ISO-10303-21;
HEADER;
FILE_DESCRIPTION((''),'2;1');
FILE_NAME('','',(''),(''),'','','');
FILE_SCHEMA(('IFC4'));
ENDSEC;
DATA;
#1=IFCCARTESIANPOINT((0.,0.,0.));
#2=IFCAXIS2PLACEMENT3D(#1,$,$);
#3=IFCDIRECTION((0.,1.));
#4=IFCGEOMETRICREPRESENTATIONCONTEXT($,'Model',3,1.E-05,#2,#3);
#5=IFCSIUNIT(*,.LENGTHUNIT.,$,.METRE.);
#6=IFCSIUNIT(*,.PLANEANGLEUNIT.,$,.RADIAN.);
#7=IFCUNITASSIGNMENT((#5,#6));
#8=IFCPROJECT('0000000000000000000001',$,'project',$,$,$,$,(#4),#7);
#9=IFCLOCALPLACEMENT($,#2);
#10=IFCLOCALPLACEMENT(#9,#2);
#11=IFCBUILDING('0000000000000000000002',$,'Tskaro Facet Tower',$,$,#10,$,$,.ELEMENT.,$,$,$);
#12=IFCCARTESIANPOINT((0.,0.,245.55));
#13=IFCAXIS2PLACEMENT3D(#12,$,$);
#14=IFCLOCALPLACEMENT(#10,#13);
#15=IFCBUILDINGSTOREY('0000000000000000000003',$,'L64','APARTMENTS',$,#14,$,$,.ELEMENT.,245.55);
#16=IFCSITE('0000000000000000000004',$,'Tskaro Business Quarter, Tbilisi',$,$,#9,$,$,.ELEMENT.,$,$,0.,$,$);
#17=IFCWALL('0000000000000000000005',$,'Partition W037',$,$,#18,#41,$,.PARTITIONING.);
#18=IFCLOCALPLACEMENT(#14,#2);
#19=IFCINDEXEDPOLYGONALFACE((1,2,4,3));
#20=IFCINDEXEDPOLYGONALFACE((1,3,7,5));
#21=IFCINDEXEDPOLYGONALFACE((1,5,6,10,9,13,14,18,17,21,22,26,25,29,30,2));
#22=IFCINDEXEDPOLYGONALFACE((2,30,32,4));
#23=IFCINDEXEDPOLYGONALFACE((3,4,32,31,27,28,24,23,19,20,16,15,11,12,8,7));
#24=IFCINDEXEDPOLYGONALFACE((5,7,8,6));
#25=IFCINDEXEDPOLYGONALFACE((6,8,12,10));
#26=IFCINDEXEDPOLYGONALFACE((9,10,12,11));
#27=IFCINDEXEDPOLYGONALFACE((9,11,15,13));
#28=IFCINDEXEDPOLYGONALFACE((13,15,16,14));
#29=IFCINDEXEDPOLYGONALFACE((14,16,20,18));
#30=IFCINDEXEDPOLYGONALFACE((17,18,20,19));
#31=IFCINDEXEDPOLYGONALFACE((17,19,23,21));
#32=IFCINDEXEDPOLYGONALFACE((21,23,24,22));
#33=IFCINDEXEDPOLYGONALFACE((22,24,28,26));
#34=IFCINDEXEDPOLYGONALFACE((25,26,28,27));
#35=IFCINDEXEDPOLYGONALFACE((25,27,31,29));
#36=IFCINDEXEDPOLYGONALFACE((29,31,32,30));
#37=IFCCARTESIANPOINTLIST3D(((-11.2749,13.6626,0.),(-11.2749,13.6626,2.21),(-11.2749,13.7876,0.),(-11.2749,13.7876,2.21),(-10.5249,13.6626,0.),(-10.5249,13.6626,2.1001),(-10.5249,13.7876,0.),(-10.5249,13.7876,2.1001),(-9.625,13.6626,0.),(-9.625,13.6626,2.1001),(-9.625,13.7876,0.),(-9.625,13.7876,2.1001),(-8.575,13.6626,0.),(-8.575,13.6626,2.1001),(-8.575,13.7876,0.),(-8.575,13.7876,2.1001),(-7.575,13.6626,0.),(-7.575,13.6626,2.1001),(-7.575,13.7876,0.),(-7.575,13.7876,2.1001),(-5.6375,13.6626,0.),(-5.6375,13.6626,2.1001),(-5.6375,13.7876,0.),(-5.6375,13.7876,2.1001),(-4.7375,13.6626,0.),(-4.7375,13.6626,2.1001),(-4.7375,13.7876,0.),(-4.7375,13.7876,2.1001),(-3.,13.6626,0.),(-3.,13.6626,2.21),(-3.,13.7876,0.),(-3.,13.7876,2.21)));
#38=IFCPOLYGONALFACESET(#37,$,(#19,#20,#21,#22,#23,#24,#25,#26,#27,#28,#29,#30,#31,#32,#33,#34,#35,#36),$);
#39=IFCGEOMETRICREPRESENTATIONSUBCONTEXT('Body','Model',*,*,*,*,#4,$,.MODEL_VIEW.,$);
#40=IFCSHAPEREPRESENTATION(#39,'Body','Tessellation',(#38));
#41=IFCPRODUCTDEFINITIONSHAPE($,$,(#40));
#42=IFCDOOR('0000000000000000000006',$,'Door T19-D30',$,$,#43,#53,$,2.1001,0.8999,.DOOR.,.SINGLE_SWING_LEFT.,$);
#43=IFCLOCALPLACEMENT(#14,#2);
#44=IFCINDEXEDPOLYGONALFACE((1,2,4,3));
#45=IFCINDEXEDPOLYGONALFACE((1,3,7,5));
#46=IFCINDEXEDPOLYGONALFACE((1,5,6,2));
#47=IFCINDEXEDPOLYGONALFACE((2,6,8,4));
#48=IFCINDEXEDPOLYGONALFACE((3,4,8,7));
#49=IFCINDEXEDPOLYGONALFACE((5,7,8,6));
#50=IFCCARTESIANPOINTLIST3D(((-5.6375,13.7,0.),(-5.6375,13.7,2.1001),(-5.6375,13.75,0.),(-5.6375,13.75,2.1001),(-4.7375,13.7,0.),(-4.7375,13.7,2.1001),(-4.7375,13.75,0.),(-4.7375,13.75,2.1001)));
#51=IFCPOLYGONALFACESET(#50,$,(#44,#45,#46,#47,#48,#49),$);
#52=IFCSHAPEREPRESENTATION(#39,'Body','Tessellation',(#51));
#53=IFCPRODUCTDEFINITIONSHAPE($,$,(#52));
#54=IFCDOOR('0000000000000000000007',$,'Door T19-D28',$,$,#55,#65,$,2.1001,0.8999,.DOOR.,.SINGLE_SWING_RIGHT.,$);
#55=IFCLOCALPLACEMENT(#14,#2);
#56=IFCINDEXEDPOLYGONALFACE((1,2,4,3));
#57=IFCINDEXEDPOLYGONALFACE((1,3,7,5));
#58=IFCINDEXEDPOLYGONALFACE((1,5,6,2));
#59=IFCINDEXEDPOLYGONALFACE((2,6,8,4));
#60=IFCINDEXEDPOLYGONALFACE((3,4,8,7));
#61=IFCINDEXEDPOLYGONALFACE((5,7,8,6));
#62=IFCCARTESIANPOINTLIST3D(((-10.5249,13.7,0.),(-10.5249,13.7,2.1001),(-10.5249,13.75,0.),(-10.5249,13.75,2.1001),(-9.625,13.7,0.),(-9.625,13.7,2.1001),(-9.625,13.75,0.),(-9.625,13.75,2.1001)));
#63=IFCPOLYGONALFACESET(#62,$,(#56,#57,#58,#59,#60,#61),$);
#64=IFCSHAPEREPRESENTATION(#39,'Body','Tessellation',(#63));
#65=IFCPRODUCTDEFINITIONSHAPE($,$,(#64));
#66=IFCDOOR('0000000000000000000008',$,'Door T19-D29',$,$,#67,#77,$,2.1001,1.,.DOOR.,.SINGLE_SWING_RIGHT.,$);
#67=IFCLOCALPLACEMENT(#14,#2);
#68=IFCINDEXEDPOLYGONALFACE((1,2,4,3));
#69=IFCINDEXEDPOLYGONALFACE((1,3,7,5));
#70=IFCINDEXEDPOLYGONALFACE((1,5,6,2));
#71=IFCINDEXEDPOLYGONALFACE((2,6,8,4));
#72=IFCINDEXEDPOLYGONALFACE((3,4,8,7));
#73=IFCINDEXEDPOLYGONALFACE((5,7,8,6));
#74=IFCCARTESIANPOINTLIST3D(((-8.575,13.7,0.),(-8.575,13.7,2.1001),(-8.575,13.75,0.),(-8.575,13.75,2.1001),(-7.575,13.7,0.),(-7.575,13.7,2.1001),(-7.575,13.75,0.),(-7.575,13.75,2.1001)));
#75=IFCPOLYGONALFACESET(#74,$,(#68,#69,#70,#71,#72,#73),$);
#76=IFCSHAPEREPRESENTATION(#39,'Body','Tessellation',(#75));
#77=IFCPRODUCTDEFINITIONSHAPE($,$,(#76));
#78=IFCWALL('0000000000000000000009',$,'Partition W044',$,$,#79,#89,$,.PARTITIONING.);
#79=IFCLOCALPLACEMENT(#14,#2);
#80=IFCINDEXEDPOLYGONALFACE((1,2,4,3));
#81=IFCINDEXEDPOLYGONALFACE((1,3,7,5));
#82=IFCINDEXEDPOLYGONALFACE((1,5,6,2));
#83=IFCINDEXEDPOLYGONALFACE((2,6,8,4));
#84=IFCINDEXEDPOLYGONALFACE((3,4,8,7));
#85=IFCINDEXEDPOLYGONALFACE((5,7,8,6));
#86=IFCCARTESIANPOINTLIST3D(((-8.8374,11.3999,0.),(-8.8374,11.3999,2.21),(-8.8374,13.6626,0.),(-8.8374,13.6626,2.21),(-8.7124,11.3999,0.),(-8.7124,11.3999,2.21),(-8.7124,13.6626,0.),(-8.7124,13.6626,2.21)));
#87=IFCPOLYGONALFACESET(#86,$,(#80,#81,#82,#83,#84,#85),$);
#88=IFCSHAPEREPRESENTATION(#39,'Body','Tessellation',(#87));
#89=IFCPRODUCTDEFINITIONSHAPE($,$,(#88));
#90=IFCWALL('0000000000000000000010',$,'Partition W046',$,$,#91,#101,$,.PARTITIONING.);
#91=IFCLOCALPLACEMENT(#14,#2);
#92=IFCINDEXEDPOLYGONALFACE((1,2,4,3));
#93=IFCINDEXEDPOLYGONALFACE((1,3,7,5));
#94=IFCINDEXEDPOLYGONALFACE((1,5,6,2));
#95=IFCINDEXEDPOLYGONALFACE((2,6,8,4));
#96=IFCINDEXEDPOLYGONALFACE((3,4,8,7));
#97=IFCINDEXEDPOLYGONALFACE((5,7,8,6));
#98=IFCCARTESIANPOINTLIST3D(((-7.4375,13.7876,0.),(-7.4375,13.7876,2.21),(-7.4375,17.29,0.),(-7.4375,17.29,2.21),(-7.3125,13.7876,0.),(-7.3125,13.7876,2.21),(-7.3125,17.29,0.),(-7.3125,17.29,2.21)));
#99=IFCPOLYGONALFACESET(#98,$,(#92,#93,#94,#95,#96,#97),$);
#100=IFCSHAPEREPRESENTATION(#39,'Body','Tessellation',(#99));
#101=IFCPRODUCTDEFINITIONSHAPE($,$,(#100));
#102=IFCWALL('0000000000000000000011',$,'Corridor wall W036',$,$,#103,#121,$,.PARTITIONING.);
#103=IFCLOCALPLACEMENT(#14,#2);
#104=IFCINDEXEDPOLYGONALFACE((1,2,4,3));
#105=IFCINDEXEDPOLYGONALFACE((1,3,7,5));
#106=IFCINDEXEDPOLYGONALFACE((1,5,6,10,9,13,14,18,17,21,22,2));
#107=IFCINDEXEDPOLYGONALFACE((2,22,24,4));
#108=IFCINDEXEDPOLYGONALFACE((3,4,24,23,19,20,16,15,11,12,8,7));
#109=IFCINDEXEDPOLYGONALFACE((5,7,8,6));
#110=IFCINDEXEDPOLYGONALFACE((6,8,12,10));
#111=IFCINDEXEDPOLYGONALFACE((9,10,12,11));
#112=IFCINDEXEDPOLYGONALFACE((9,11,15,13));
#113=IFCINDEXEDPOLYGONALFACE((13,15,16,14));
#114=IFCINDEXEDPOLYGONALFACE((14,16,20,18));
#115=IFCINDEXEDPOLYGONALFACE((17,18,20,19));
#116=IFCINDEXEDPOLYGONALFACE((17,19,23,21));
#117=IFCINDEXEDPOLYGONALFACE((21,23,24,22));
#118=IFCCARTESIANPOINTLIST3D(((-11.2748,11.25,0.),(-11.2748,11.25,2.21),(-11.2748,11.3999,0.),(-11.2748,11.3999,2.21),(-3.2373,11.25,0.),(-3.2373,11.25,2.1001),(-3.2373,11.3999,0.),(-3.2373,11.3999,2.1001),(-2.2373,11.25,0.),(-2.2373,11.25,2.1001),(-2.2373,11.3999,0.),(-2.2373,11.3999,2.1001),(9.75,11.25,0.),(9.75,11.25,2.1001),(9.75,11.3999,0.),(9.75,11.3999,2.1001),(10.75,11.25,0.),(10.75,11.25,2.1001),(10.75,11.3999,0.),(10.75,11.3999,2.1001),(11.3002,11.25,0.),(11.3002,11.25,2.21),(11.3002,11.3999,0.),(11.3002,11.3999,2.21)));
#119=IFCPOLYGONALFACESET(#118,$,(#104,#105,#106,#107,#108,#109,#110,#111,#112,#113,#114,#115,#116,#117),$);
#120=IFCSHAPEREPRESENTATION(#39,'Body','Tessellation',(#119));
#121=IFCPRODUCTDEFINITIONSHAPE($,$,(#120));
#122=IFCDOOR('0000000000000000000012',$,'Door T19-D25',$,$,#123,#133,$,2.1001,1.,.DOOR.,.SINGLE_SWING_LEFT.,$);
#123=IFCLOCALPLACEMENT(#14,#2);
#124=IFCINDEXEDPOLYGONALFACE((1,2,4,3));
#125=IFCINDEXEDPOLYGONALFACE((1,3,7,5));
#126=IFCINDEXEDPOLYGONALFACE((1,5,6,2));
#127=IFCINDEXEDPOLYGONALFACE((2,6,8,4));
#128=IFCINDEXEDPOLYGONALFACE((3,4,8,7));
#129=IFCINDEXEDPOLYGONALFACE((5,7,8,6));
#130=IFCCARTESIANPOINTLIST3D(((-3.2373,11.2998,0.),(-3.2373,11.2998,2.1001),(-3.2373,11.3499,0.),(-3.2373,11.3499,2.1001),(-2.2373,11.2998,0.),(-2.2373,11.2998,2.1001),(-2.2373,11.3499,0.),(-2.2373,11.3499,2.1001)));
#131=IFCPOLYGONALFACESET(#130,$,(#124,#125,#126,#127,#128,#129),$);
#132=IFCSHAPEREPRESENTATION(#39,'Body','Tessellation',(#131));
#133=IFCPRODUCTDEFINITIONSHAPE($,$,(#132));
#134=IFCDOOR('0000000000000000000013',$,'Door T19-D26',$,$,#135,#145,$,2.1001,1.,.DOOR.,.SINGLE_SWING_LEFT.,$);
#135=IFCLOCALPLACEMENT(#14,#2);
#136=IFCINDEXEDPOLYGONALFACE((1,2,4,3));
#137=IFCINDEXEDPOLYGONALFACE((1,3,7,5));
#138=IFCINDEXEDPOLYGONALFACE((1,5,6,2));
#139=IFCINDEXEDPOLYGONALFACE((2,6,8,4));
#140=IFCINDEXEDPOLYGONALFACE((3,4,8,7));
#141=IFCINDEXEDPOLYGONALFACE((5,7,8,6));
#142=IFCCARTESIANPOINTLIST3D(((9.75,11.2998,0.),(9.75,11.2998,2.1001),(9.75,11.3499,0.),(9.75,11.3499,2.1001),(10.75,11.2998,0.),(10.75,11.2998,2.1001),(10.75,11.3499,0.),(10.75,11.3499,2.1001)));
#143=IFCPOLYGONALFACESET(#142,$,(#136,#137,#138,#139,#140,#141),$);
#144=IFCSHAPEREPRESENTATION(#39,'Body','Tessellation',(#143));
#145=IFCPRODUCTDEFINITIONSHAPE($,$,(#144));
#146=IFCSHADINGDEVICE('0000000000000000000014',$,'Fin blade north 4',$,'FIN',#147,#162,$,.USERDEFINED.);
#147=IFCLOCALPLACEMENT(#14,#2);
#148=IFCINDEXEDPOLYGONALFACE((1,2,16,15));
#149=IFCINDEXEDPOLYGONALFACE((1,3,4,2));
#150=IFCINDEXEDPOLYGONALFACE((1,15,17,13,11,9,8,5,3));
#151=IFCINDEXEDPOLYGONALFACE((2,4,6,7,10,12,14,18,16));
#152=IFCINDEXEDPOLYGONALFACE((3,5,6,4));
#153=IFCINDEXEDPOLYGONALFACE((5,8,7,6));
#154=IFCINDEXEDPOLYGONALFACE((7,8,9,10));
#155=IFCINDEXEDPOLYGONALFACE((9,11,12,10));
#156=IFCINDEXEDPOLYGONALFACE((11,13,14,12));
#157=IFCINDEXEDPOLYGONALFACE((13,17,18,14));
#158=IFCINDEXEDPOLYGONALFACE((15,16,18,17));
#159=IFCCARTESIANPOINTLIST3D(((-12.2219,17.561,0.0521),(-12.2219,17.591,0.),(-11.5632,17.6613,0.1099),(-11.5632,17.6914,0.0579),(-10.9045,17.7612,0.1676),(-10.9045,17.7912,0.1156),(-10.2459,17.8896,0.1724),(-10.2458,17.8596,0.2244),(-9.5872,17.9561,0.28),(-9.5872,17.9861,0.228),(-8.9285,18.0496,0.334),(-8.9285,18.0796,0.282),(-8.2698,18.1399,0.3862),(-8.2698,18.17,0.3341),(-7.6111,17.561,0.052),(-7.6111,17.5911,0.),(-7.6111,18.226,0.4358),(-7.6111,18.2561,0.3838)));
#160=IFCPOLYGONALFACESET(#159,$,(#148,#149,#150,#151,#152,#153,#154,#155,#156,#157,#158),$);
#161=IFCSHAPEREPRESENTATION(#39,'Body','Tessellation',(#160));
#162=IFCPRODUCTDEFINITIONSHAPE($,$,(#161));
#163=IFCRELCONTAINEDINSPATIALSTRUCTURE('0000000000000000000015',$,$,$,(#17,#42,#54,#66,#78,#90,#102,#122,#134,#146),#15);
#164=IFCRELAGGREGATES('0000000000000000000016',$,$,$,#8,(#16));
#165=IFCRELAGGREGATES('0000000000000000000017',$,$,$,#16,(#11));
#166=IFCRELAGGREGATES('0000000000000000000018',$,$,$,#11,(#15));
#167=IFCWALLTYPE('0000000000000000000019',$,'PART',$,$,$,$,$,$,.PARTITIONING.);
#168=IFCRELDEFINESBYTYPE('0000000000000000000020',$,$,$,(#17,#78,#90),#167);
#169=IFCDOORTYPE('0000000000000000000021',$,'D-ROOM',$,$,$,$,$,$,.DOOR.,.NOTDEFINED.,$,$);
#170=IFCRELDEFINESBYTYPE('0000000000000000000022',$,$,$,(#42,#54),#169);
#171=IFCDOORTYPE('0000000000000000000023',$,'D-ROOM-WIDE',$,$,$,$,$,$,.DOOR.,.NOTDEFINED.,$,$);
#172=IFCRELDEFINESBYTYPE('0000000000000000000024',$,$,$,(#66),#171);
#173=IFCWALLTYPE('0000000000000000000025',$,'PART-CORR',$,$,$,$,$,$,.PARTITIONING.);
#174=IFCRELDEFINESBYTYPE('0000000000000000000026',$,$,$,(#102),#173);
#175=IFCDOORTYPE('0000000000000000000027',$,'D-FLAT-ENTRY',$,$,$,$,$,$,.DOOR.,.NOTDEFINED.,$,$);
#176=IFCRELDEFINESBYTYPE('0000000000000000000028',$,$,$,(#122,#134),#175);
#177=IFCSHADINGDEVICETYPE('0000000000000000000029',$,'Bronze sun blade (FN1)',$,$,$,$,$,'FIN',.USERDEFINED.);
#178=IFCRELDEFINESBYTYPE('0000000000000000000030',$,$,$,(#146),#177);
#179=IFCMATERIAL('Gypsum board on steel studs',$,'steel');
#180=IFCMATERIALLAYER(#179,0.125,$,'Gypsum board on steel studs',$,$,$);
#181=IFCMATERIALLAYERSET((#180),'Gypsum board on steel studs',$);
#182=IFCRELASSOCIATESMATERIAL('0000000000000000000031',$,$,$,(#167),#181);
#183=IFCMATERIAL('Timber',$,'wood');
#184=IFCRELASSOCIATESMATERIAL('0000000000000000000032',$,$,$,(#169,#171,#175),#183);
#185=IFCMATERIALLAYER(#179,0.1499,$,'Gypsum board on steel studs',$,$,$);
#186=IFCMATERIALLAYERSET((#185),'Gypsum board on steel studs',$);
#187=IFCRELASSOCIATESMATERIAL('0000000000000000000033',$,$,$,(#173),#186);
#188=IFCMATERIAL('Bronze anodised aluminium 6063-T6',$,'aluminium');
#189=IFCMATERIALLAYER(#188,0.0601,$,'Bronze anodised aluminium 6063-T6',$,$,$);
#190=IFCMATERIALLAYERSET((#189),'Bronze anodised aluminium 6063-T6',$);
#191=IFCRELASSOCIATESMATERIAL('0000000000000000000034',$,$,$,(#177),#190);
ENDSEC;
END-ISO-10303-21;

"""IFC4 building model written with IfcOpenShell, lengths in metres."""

from ifc_helpers import new_model, si_unit, direction, frame, frame_2d, origin, place, context, subcontext, project, spatial, polyline, rectangle, outline, extrude, material, layer, layer_set, type_object, element, fill, save


model = new_model("IFC4")

# Units and contexts
model_context = context("Model", 3, precision=1e-05, world=origin(), true_north=direction((0.0, 1.0)))
body_context = subcontext(model_context, "Body", "Model", "MODEL_VIEW")
ifc_project = project(units=[si_unit("LENGTHUNIT", "METRE"), si_unit("PLANEANGLEUNIT", "RADIAN")], contexts=[model_context])

# Site, building, storey
site_placement = place(None, origin())
site = spatial("IfcSite", under=ifc_project, at=site_placement, Name="Tskaro Business Quarter, Tbilisi", CompositionType="ELEMENT", RefElevation=0.0)
building_placement = place(site_placement, origin())
building = spatial("IfcBuilding", under=site, at=building_placement, Name="Tskaro Facet Tower", CompositionType="ELEMENT")
storey_placement = place(building_placement, frame((0.0, 0.0, 245.55)))
storey = spatial("IfcBuildingStorey", under=building, at=storey_placement, Name="L64", Description="APARTMENTS", CompositionType="ELEMENT", Elevation=245.55)

# Shared definitions
ifc_material_1 = material(Name="Bronze anodised aluminium 6063-T6", Category="aluminium")

# Wall, openings, doors
ifc_material_2 = material(Name="Gypsum board on steel studs", Category="steel")
ifc_layer_1 = layer(ifc_material_2, 0.125, Name="Gypsum board on steel studs")
ifc_layer_set_1 = layer_set([ifc_layer_1], Name="Gypsum board on steel studs")
wall_type_1 = type_object("IfcWallType", Name="PART", PredefinedType="PARTITIONING", material=ifc_layer_set_1)
wall_1_placement = place(storey_placement, frame((-11.2749, 13.7251, 0.0), z_axis=(0.0, 0.0, 1.0), x_axis=(1.0, 0.0, 0.0)))
wall_1 = element("IfcWall", 1, at=wall_1_placement, inside=storey, type_object=wall_type_1, Name="Partition W037", PredefinedType="PARTITIONING", context=body_context, shape_type="SweptSolid", body=[
    extrude(rectangle(XDim=8.2749, YDim=0.125, at=frame_2d((4.1375, 0.0))), origin(), (0.0, 0.0, 1.0), 2.21),
])
opening_1_placement = place(wall_1_placement, frame((5.6375, 0.0, 0.0)))
opening_1 = element("IfcOpeningElement", 2, at=opening_1_placement, cuts=wall_1, PredefinedType="OPENING", context=body_context, shape_type="SweptSolid", body=[
    extrude(rectangle(XDim=0.8999, YDim=2.1001, at=frame_2d((0.45, 1.05))), frame((0.0, 0.0725, 0.0), z_axis=(0.0, -1.0, 0.0), x_axis=(1.0, 0.0, 0.0)), (0.0, 0.0, 1.0), 0.145),
])
opening_2_placement = place(wall_1_placement, frame((2.7, 0.0, 0.0)))
opening_2 = element("IfcOpeningElement", 3, at=opening_2_placement, cuts=wall_1, PredefinedType="OPENING", context=body_context, shape_type="SweptSolid", body=[
    extrude(rectangle(XDim=1.0, YDim=2.1001, at=frame_2d((0.5, 1.05))), frame((0.0, 0.0725, 0.0), z_axis=(0.0, -1.0, 0.0), x_axis=(1.0, 0.0, 0.0)), (0.0, 0.0, 1.0), 0.145),
])
opening_3_placement = place(wall_1_placement, frame((0.75, 0.0, 0.0)))
opening_3 = element("IfcOpeningElement", 4, at=opening_3_placement, cuts=wall_1, PredefinedType="OPENING", context=body_context, shape_type="SweptSolid", body=[
    extrude(rectangle(XDim=0.8999, YDim=2.1001, at=frame_2d((0.45, 1.05))), frame((0.0, 0.0725, 0.0), z_axis=(0.0, -1.0, 0.0), x_axis=(1.0, 0.0, 0.0)), (0.0, 0.0, 1.0), 0.145),
])
ifc_material_3 = material(Name="Timber", Category="wood")
door_type_1 = type_object("IfcDoorType", Name="D-ROOM", OperationType="NOTDEFINED", PredefinedType="DOOR", material=ifc_material_3)
door_1_placement = place(opening_1_placement, origin())
door_1 = element("IfcDoor", 5, at=door_1_placement, inside=storey, type_object=door_type_1, Name="Door T19-D30", OperationType="SINGLE_SWING_LEFT", OverallHeight=2.1001, OverallWidth=0.8999, PredefinedType="DOOR", context=body_context, shape_type="SweptSolid", body=[
    extrude(rectangle(XDim=0.8999, YDim=2.1001, at=frame_2d((0.45, 1.05))), frame((0.0, 0.0249, 0.0), z_axis=(0.0, -1.0, 0.0), x_axis=(1.0, 0.0, 0.0)), (0.0, 0.0, 1.0), 0.05),
])
fill(opening_1, door_1)
door_2_placement = place(opening_3_placement, origin())
door_2 = element("IfcDoor", 6, at=door_2_placement, inside=storey, type_object=door_type_1, Name="Door T19-D28", OperationType="SINGLE_SWING_RIGHT", OverallHeight=2.1001, OverallWidth=0.8999, PredefinedType="DOOR", context=body_context, shape_type="SweptSolid", body=[
    extrude(rectangle(XDim=0.8999, YDim=2.1001, at=frame_2d((0.45, 1.05))), frame((0.0, 0.0249, 0.0), z_axis=(0.0, -1.0, 0.0), x_axis=(1.0, 0.0, 0.0)), (0.0, 0.0, 1.0), 0.05),
])
fill(opening_3, door_2)
door_type_2 = type_object("IfcDoorType", Name="D-ROOM-WIDE", OperationType="NOTDEFINED", PredefinedType="DOOR", material=ifc_material_3)
door_3_placement = place(opening_2_placement, origin())
door_3 = element("IfcDoor", 7, at=door_3_placement, inside=storey, type_object=door_type_2, Name="Door T19-D29", OperationType="SINGLE_SWING_RIGHT", OverallHeight=2.1001, OverallWidth=1.0, PredefinedType="DOOR", context=body_context, shape_type="SweptSolid", body=[
    extrude(rectangle(XDim=1.0, YDim=2.1001, at=frame_2d((0.5, 1.05))), frame((0.0, 0.0249, 0.0), z_axis=(0.0, -1.0, 0.0), x_axis=(1.0, 0.0, 0.0)), (0.0, 0.0, 1.0), 0.05),
])
fill(opening_2, door_3)

# Walls
wall_2_placement = place(storey_placement, frame((-8.7749, 11.3999, 0.0), z_axis=(0.0, 0.0, 1.0), x_axis=(0.0, 1.0, 0.0)))
element("IfcWall", 8, at=wall_2_placement, inside=storey, type_object=wall_type_1, Name="Partition W044", PredefinedType="PARTITIONING", context=body_context, shape_type="SweptSolid", body=[
    extrude(rectangle(XDim=2.2627, YDim=0.125, at=frame_2d((1.1313, 0.0))), origin(), (0.0, 0.0, 1.0), 2.21),
])
wall_3_placement = place(storey_placement, frame((-7.375, 13.7876, 0.0), z_axis=(0.0, 0.0, 1.0), x_axis=(0.0, 1.0, 0.0)))
element("IfcWall", 9, at=wall_3_placement, inside=storey, type_object=wall_type_1, Name="Partition W046", PredefinedType="PARTITIONING", context=body_context, shape_type="SweptSolid", body=[
    extrude(rectangle(XDim=3.5024, YDim=0.125, at=frame_2d((1.7512, 0.0))), origin(), (0.0, 0.0, 1.0), 2.21),
])

# Wall, openings, doors
ifc_layer_2 = layer(ifc_material_2, 0.1499, Name="Gypsum board on steel studs")
ifc_layer_set_2 = layer_set([ifc_layer_2], Name="Gypsum board on steel studs")
wall_type_2 = type_object("IfcWallType", Name="PART-CORR", PredefinedType="PARTITIONING", material=ifc_layer_set_2)
wall_4_placement = place(storey_placement, frame((-11.2749, 11.325, 0.0), z_axis=(0.0, 0.0, 1.0), x_axis=(1.0, 0.0, 0.0)))
wall_4 = element("IfcWall", 10, at=wall_4_placement, inside=storey, type_object=wall_type_2, Name="Corridor wall W036", PredefinedType="PARTITIONING", context=body_context, shape_type="SweptSolid", body=[
    extrude(rectangle(XDim=22.575, YDim=0.1499, at=frame_2d((11.2876, 0.0))), origin(), (0.0, 0.0, 1.0), 2.21),
])
opening_4_placement = place(wall_4_placement, frame((8.0376, 0.0, 0.0)))
opening_4 = element("IfcOpeningElement", 11, at=opening_4_placement, cuts=wall_4, PredefinedType="OPENING", context=body_context, shape_type="SweptSolid", body=[
    extrude(rectangle(XDim=1.0, YDim=2.1001, at=frame_2d((0.5, 1.05))), frame((0.0, 0.085, 0.0), z_axis=(0.0, -1.0, 0.0), x_axis=(1.0, 0.0, 0.0)), (0.0, 0.0, 1.0), 0.1699),
])
opening_5_placement = place(wall_4_placement, frame((21.0249, 0.0, 0.0)))
opening_5 = element("IfcOpeningElement", 12, at=opening_5_placement, cuts=wall_4, PredefinedType="OPENING", context=body_context, shape_type="SweptSolid", body=[
    extrude(rectangle(XDim=1.0, YDim=2.1001, at=frame_2d((0.5, 1.05))), frame((0.0, 0.085, 0.0), z_axis=(0.0, -1.0, 0.0), x_axis=(1.0, 0.0, 0.0)), (0.0, 0.0, 1.0), 0.1699),
])
door_type_3 = type_object("IfcDoorType", Name="D-FLAT-ENTRY", OperationType="NOTDEFINED", PredefinedType="DOOR", material=ifc_material_3)
door_4_placement = place(opening_4_placement, origin())
door_4 = element("IfcDoor", 13, at=door_4_placement, inside=storey, type_object=door_type_3, Name="Door T19-D25", OperationType="SINGLE_SWING_LEFT", OverallHeight=2.1001, OverallWidth=1.0, PredefinedType="DOOR", context=body_context, shape_type="SweptSolid", body=[
    extrude(rectangle(XDim=1.0, YDim=2.1001, at=frame_2d((0.5, 1.05))), frame((0.0, 0.0249, 0.0), z_axis=(0.0, -1.0, 0.0), x_axis=(1.0, 0.0, 0.0)), (0.0, 0.0, 1.0), 0.05),
])
fill(opening_4, door_4)
door_5_placement = place(opening_5_placement, origin())
door_5 = element("IfcDoor", 14, at=door_5_placement, inside=storey, type_object=door_type_3, Name="Door T19-D26", OperationType="SINGLE_SWING_LEFT", OverallHeight=2.1001, OverallWidth=1.0, PredefinedType="DOOR", context=body_context, shape_type="SweptSolid", body=[
    extrude(rectangle(XDim=1.0, YDim=2.1001, at=frame_2d((0.5, 1.05))), frame((0.0, 0.0249, 0.0), z_axis=(0.0, -1.0, 0.0), x_axis=(1.0, 0.0, 0.0)), (0.0, 0.0, 1.0), 0.05),
])
fill(opening_5, door_5)

# Shading device
ifc_layer_3 = layer(ifc_material_1, 0.0601, Name="Bronze anodised aluminium 6063-T6")
ifc_layer_set_3 = layer_set([ifc_layer_3], Name="Bronze anodised aluminium 6063-T6")
shading_device_type = type_object("IfcShadingDeviceType", Name="Bronze sun blade (FN1)", ElementType="FIN", PredefinedType="USERDEFINED", material=ifc_layer_set_3)
shading_device_placement = place(storey_placement, frame((-7.6111, 17.561, 0.052), z_axis=(0.000012, -0.499901, 0.866083), x_axis=(-1.0, -0.000006, 0.000011)))
element("IfcShadingDevice", 15, at=shading_device_placement, inside=storey, type_object=shading_device_type, Name="Fin blade north 4", ObjectType="FIN", PredefinedType="USERDEFINED", context=body_context, shape_type="SweptSolid", body=[
    extrude(outline(polyline([(0.0, 0.0), (4.6108, 0.0), (3.9521, -0.1158), (3.2935, -0.2311), (2.6348, -0.3448), (1.9761, -0.4561), (1.3174, -0.5641), (0.6587, -0.6684), (0.0, -0.7678), (0.0, 0.0)])), origin(), (0.0, 0.0, -1.0), 0.0601),
])

save(model, "model.ifc")
